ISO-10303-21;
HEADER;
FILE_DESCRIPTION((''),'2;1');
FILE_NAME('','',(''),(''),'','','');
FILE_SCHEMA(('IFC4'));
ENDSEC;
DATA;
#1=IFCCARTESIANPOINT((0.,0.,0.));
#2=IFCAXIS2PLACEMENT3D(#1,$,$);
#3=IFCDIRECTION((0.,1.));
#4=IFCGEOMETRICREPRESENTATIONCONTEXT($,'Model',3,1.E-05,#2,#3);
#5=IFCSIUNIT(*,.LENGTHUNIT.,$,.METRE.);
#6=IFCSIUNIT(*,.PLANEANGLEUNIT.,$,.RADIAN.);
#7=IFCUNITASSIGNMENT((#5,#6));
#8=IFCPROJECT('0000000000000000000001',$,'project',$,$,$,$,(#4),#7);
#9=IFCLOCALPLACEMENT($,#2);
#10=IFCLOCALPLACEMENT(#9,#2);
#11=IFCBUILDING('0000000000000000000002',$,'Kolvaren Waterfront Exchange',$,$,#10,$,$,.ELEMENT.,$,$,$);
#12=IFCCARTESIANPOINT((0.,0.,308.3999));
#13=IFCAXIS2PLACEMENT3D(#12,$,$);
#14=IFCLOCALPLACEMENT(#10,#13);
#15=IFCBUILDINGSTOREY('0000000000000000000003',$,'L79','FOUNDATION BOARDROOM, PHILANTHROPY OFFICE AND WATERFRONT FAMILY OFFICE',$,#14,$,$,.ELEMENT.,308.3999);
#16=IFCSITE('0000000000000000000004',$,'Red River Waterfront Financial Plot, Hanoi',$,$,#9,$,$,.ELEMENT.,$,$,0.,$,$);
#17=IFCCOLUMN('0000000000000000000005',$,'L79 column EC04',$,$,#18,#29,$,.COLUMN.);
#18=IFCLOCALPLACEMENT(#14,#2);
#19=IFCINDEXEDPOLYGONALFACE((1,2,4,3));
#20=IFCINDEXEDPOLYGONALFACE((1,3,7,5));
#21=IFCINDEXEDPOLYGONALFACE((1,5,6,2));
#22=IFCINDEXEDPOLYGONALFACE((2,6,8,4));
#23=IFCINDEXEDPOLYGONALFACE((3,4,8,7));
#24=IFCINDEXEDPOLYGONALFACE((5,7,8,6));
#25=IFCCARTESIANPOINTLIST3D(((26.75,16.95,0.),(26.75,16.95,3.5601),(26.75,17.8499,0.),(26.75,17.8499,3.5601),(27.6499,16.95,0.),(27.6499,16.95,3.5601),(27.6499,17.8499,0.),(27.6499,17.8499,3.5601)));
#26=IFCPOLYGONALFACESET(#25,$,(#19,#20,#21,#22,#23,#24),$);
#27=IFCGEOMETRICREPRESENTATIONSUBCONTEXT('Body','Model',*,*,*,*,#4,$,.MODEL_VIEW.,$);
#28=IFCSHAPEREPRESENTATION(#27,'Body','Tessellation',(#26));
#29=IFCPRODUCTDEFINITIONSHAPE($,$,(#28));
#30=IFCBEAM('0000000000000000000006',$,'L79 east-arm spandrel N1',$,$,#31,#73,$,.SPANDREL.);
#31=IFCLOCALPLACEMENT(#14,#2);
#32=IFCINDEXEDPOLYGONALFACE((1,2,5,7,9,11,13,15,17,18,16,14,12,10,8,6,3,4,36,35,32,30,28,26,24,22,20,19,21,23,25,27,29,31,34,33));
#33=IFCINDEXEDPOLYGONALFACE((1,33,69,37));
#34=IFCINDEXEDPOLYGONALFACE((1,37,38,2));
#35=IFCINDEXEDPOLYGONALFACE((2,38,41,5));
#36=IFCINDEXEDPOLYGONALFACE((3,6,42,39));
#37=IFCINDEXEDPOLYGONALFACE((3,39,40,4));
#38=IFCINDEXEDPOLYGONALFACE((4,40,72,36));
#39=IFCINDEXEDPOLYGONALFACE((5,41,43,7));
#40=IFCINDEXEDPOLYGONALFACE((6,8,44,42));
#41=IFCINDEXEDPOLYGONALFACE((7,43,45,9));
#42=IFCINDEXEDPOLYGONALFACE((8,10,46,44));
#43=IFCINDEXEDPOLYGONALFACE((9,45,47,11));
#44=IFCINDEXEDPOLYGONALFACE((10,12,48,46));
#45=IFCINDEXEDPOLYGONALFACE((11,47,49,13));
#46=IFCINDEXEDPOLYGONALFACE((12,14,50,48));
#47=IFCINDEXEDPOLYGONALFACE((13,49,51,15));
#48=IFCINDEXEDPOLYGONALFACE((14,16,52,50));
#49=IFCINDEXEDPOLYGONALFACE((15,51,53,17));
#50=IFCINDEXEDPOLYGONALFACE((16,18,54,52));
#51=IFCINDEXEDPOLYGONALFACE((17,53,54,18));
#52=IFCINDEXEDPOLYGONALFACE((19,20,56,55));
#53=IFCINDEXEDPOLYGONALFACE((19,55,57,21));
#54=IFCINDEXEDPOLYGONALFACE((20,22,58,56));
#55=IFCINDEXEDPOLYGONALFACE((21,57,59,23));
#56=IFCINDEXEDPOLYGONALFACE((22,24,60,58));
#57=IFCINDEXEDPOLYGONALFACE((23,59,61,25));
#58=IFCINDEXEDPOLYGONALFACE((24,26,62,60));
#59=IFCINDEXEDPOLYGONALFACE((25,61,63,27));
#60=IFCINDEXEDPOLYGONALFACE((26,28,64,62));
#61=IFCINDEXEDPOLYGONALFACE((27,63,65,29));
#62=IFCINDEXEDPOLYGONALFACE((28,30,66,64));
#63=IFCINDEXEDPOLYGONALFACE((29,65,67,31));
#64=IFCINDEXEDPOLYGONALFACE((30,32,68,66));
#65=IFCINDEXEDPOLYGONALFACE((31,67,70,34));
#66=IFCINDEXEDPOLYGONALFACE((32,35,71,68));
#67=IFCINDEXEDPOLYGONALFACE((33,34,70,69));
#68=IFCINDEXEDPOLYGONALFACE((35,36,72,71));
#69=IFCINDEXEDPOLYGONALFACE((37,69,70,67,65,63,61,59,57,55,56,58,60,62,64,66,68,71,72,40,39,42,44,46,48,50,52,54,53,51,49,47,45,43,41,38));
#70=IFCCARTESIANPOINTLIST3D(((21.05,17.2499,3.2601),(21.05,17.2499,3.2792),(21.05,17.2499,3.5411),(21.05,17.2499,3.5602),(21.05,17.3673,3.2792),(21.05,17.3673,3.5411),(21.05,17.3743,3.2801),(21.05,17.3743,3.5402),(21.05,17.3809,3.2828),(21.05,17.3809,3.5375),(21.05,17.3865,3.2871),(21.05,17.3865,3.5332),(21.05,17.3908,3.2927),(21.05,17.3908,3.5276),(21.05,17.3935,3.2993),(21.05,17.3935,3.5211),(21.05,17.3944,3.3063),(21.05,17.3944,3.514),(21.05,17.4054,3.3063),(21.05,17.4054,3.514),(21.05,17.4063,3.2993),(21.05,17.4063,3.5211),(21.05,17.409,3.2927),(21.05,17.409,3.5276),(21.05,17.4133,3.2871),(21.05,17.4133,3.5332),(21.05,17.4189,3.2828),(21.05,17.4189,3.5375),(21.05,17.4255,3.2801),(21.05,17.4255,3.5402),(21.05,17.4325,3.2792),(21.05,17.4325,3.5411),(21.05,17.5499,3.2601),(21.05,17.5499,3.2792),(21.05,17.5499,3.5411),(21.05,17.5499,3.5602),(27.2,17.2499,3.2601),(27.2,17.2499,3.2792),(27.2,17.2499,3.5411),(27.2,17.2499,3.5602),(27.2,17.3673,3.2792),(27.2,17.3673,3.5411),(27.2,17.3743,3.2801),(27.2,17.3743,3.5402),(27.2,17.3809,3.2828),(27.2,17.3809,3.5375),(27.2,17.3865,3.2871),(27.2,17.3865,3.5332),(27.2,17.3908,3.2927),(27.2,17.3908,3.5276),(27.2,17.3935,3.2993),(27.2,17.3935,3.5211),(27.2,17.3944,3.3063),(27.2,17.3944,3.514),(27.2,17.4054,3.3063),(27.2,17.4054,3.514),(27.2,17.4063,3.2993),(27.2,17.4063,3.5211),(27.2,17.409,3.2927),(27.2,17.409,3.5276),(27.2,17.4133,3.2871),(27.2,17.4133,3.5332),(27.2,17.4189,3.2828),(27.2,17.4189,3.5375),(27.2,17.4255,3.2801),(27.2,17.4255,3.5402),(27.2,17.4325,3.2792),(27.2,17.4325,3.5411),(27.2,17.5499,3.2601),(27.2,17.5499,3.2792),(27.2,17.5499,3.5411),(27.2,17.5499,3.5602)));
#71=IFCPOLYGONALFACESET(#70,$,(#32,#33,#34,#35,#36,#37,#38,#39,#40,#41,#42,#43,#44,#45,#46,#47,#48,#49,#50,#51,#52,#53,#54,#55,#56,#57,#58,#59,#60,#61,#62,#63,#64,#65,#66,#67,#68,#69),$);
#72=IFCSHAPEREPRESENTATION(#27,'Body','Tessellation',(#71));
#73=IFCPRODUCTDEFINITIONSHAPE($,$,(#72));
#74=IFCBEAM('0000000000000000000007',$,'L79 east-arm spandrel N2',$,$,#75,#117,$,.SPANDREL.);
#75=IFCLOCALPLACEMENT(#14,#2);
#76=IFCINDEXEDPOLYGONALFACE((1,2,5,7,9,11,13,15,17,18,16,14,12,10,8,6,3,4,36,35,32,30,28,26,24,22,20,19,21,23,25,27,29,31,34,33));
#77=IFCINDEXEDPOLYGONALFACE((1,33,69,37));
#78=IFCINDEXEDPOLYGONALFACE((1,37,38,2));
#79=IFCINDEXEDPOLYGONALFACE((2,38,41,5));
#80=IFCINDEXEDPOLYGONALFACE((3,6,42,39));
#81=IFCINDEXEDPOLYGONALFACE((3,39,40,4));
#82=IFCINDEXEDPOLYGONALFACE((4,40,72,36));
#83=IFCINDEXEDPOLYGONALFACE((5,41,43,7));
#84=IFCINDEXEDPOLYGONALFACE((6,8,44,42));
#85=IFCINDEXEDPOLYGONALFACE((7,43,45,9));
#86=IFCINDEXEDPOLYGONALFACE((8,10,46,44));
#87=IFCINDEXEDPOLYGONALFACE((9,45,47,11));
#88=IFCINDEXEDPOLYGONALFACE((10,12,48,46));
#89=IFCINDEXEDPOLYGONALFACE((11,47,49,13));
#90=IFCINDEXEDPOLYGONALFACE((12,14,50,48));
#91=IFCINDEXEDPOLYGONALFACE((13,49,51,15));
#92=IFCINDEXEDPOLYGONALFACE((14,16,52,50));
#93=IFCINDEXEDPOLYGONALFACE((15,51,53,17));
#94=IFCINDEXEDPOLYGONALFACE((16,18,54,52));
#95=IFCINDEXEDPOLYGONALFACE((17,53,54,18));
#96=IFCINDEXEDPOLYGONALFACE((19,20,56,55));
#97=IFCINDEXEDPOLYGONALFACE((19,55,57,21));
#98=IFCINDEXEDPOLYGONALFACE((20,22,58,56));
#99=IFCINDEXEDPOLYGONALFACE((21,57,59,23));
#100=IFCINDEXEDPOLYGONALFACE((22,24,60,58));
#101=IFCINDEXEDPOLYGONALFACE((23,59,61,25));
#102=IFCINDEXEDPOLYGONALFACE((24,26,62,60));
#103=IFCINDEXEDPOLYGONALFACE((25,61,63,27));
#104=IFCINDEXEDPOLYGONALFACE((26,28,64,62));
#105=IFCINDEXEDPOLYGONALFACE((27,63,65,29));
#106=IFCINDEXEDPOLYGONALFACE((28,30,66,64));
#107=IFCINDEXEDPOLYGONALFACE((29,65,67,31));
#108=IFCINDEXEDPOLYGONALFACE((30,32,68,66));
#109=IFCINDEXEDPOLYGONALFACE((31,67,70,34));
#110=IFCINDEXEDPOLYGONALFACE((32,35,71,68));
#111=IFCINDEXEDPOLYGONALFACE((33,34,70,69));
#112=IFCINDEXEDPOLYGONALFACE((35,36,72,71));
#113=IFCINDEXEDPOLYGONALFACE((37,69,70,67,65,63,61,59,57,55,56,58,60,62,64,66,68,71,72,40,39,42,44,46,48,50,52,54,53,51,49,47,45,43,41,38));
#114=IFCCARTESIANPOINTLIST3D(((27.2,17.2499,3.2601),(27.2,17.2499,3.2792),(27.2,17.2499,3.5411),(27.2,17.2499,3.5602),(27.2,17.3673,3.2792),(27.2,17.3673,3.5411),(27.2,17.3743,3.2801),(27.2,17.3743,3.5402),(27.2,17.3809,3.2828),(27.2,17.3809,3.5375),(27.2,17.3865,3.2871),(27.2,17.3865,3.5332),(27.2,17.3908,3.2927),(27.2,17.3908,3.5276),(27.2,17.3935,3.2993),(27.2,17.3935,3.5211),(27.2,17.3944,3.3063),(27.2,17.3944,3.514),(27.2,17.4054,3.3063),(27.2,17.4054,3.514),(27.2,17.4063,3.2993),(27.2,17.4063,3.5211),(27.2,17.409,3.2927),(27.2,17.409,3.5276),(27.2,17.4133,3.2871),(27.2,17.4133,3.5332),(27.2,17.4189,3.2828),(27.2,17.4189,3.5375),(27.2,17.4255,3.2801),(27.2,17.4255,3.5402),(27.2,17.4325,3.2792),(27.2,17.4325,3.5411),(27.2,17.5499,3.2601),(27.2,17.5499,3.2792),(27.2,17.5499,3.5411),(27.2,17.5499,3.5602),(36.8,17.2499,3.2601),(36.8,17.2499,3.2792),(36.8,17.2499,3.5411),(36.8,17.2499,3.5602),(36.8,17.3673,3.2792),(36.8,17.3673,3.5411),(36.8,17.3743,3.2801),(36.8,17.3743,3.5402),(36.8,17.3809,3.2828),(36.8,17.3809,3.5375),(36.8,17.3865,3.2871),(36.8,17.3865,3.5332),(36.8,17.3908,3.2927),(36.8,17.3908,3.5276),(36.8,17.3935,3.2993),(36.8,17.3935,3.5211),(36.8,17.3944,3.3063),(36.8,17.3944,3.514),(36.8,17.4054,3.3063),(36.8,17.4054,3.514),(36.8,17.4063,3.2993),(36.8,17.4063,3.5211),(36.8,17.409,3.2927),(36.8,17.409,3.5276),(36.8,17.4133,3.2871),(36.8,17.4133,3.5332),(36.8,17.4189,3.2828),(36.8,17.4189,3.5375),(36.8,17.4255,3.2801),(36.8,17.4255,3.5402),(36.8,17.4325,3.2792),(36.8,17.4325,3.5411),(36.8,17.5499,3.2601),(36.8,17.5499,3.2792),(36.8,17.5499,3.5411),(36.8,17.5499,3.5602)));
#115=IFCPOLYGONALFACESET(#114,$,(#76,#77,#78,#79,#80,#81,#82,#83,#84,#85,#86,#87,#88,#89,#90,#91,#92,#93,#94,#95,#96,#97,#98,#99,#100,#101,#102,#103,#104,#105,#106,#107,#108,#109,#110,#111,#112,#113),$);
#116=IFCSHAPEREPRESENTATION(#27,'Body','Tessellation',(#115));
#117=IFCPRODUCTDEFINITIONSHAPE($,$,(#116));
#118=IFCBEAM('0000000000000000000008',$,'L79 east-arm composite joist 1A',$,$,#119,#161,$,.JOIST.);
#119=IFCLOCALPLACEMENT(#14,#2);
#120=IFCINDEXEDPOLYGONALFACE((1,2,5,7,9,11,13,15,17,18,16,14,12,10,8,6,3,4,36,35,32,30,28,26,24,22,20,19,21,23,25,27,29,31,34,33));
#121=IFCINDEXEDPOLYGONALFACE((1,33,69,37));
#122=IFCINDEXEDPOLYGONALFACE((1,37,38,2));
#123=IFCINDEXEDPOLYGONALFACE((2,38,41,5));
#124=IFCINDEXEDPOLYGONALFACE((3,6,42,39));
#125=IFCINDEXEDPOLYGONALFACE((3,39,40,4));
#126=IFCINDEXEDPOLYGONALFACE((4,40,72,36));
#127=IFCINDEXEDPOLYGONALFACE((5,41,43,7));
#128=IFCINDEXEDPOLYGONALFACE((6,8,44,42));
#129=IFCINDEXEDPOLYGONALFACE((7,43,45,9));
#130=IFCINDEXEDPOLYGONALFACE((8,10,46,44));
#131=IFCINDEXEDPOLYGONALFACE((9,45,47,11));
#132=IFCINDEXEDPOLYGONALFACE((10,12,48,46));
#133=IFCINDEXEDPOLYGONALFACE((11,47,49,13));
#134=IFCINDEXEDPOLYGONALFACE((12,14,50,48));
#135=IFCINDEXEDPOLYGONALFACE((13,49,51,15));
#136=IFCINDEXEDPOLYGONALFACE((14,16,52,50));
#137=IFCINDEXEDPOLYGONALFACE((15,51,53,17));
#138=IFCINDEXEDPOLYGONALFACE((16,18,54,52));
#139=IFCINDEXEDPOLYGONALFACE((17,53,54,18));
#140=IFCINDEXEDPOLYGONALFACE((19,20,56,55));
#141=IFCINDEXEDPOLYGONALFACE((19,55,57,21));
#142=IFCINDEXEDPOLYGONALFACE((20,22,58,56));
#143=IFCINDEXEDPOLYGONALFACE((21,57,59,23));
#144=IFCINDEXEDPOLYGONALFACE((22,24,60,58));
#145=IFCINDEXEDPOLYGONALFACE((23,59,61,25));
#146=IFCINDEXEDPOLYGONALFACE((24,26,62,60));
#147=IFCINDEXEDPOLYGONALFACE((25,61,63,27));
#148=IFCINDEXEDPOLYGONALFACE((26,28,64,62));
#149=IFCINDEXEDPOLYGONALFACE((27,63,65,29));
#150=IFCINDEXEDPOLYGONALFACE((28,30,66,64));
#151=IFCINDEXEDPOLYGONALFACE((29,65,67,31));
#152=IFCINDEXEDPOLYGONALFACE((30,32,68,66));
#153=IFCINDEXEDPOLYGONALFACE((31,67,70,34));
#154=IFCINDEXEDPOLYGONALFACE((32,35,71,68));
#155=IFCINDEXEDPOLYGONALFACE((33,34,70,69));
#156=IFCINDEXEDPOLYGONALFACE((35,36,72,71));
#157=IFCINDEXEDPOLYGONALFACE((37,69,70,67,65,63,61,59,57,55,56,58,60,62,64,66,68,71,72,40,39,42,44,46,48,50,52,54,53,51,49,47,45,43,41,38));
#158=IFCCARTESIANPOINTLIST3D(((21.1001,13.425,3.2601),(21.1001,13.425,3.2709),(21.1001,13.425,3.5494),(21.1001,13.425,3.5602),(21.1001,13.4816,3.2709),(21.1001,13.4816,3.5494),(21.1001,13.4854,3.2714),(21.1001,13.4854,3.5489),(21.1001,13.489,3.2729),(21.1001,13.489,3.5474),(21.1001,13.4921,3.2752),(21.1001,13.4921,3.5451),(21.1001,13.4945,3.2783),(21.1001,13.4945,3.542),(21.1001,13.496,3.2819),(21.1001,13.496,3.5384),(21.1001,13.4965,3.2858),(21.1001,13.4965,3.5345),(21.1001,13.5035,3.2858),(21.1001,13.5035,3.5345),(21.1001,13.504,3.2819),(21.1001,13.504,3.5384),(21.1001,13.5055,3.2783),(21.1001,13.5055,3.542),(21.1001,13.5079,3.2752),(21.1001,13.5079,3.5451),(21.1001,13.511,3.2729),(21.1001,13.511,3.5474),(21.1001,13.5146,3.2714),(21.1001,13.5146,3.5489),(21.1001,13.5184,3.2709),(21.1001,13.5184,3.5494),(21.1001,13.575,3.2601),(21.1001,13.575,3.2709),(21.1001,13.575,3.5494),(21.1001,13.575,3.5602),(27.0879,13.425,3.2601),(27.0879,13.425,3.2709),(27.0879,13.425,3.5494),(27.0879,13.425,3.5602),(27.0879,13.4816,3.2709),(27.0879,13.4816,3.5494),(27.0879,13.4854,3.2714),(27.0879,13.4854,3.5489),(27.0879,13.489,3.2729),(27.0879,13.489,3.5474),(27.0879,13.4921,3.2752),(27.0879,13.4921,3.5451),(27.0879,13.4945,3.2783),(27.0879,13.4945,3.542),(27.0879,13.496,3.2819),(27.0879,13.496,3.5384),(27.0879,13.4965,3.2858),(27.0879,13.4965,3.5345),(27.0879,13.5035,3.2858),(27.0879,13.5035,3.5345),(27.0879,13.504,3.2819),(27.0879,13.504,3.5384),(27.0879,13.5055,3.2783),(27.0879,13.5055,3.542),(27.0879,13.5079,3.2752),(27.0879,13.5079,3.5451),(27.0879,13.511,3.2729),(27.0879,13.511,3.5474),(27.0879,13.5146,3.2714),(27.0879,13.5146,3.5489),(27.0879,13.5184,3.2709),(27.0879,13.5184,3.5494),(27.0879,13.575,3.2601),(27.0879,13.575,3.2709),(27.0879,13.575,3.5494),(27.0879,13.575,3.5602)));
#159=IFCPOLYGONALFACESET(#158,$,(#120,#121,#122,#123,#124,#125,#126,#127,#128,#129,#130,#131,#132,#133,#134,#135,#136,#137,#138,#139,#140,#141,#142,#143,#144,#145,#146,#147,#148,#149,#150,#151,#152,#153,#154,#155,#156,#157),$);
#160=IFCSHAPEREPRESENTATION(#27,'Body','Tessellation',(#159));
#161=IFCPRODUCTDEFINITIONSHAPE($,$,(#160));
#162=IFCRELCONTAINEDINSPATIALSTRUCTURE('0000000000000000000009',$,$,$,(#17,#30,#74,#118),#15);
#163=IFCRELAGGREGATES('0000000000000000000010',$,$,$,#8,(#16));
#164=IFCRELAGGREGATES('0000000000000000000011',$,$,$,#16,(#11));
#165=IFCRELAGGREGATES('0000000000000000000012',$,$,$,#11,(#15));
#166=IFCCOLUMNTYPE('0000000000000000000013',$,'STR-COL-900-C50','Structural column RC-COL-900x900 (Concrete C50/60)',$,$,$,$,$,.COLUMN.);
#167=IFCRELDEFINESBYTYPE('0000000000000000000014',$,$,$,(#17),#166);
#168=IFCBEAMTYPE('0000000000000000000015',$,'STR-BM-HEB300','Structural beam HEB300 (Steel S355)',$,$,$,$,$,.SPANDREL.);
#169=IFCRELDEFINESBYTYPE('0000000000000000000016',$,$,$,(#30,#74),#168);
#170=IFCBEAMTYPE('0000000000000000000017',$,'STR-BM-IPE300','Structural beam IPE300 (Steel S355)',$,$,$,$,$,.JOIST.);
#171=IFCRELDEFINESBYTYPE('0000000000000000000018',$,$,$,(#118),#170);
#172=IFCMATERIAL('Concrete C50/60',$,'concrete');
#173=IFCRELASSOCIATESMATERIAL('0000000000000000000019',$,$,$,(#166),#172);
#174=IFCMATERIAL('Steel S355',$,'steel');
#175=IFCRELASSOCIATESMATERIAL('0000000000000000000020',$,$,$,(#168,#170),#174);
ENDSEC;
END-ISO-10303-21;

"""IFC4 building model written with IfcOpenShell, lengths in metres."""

from ifc_helpers import new_model, si_unit, direction, frame, origin, origin_2d, place, context, subcontext, project, spatial, rectangle, i_section, extrude, material, material_profile, profile_set, type_object, element, save


model = new_model("IFC4")

# Units and contexts
model_context = context("Model", 3, precision=1e-05, world=origin(), true_north=direction((0.0, 1.0)))
body_context = subcontext(model_context, "Body", "Model", "MODEL_VIEW")
ifc_project = project(units=[si_unit("LENGTHUNIT", "METRE"), si_unit("PLANEANGLEUNIT", "RADIAN")], contexts=[model_context])

# Site, building, storey
site_placement = place(None, origin())
site = spatial("IfcSite", under=ifc_project, at=site_placement, Name="Red River Waterfront Financial Plot, Hanoi", CompositionType="ELEMENT", RefElevation=0.0)
building_placement = place(site_placement, origin())
building = spatial("IfcBuilding", under=site, at=building_placement, Name="Kolvaren Waterfront Exchange", CompositionType="ELEMENT")
storey_placement = place(building_placement, frame((0.0, 0.0, 308.3999)))
storey = spatial("IfcBuildingStorey", under=building, at=storey_placement, Name="L79", Description="FOUNDATION BOARDROOM, PHILANTHROPY OFFICE AND WATERFRONT FAMILY OFFICE", CompositionType="ELEMENT", Elevation=308.3999)

# Column
ifc_material_1 = material(Name="Concrete C50/60", Category="concrete")
ifc_material_profile_1 = material_profile(ifc_material_1, rectangle(XDim=0.8999, YDim=0.8999, at=origin_2d()), Name="RC-COL-900x900")
ifc_profile_set_1 = profile_set([ifc_material_profile_1], Name="Concrete C50/60")
column_type = type_object("IfcColumnType", Name="STR-COL-900-C50", Description="Structural column RC-COL-900x900 (Concrete C50/60)", PredefinedType="COLUMN", material=ifc_profile_set_1)
column_placement = place(storey_placement, frame((27.2, 17.3999, 0.0), z_axis=(0.0, 0.0, 1.0), x_axis=(1.0, 0.0, 0.0)))
element("IfcColumn", 1, at=column_placement, inside=storey, type_object=column_type, Name="L79 column EC04", PredefinedType="COLUMN", context=body_context, shape_type="SweptSolid", body=[
    extrude(rectangle(XDim=0.8999, YDim=0.8999, at=origin_2d()), origin(), (0.0, 0.0, 1.0), 3.5601),
])

# Beams
ifc_material_2 = material(Name="Steel S355", Category="steel")
ifc_material_profile_2 = material_profile(ifc_material_2, i_section(OverallWidth=0.3, OverallDepth=0.3, WebThickness=0.011, FlangeThickness=0.019, FilletRadius=0.0271, at=origin_2d()), Name="HEB300")
ifc_profile_set_2 = profile_set([ifc_material_profile_2], Name="Steel S355")
beam_type_1 = type_object("IfcBeamType", Name="STR-BM-HEB300", Description="Structural beam HEB300 (Steel S355)", PredefinedType="SPANDREL", material=ifc_profile_set_2)
beam_1_placement = place(storey_placement, frame((21.05, 17.3999, 3.4102), z_axis=(1.0, 0.0, 0.0), x_axis=(0.0, 1.0, 0.0)))
element("IfcBeam", 2, at=beam_1_placement, inside=storey, type_object=beam_type_1, Name="L79 east-arm spandrel N1", PredefinedType="SPANDREL", context=body_context, shape_type="SweptSolid", body=[
    extrude(i_section(OverallWidth=0.3, OverallDepth=0.3, WebThickness=0.011, FlangeThickness=0.019, FilletRadius=0.0271, at=origin_2d()), origin(), (0.0, 0.0, 1.0), 6.1499),
])
beam_2_placement = place(storey_placement, frame((27.2, 17.3999, 3.4102), z_axis=(1.0, 0.0, 0.0), x_axis=(0.0, 1.0, 0.0)))
element("IfcBeam", 3, at=beam_2_placement, inside=storey, type_object=beam_type_1, Name="L79 east-arm spandrel N2", PredefinedType="SPANDREL", context=body_context, shape_type="SweptSolid", body=[
    extrude(i_section(OverallWidth=0.3, OverallDepth=0.3, WebThickness=0.011, FlangeThickness=0.019, FilletRadius=0.0271, at=origin_2d()), origin(), (0.0, 0.0, 1.0), 9.6001),
])
ifc_material_profile_3 = material_profile(ifc_material_2, i_section(OverallWidth=0.1499, OverallDepth=0.3, WebThickness=0.0071, FlangeThickness=0.0107, FilletRadius=0.0149, at=origin_2d()), Name="IPE300")
ifc_profile_set_3 = profile_set([ifc_material_profile_3], Name="Steel S355")
beam_type_2 = type_object("IfcBeamType", Name="STR-BM-IPE300", Description="Structural beam IPE300 (Steel S355)", PredefinedType="JOIST", material=ifc_profile_set_3)
for number, where, z_axis, x_axis, name in (
    (4, (21.1001, 13.5, 3.4102), (1.0, 0.0, 0.0), (0.0, 1.0, 0.0), "L79 east-arm composite joist 1A"),
):
    element("IfcBeam", number, at=place(storey_placement, frame(where, z_axis=z_axis, x_axis=x_axis)), inside=storey, type_object=beam_type_2, Name=name, PredefinedType="JOIST", context=body_context, shape_type="SweptSolid", body=[
        extrude(i_section(OverallWidth=0.1499, OverallDepth=0.3, WebThickness=0.0071, FlangeThickness=0.0107, FilletRadius=0.0149, at=origin_2d()), origin(), (0.0, 0.0, 1.0), 5.9878),
    ])

save(model, "model.ifc")
